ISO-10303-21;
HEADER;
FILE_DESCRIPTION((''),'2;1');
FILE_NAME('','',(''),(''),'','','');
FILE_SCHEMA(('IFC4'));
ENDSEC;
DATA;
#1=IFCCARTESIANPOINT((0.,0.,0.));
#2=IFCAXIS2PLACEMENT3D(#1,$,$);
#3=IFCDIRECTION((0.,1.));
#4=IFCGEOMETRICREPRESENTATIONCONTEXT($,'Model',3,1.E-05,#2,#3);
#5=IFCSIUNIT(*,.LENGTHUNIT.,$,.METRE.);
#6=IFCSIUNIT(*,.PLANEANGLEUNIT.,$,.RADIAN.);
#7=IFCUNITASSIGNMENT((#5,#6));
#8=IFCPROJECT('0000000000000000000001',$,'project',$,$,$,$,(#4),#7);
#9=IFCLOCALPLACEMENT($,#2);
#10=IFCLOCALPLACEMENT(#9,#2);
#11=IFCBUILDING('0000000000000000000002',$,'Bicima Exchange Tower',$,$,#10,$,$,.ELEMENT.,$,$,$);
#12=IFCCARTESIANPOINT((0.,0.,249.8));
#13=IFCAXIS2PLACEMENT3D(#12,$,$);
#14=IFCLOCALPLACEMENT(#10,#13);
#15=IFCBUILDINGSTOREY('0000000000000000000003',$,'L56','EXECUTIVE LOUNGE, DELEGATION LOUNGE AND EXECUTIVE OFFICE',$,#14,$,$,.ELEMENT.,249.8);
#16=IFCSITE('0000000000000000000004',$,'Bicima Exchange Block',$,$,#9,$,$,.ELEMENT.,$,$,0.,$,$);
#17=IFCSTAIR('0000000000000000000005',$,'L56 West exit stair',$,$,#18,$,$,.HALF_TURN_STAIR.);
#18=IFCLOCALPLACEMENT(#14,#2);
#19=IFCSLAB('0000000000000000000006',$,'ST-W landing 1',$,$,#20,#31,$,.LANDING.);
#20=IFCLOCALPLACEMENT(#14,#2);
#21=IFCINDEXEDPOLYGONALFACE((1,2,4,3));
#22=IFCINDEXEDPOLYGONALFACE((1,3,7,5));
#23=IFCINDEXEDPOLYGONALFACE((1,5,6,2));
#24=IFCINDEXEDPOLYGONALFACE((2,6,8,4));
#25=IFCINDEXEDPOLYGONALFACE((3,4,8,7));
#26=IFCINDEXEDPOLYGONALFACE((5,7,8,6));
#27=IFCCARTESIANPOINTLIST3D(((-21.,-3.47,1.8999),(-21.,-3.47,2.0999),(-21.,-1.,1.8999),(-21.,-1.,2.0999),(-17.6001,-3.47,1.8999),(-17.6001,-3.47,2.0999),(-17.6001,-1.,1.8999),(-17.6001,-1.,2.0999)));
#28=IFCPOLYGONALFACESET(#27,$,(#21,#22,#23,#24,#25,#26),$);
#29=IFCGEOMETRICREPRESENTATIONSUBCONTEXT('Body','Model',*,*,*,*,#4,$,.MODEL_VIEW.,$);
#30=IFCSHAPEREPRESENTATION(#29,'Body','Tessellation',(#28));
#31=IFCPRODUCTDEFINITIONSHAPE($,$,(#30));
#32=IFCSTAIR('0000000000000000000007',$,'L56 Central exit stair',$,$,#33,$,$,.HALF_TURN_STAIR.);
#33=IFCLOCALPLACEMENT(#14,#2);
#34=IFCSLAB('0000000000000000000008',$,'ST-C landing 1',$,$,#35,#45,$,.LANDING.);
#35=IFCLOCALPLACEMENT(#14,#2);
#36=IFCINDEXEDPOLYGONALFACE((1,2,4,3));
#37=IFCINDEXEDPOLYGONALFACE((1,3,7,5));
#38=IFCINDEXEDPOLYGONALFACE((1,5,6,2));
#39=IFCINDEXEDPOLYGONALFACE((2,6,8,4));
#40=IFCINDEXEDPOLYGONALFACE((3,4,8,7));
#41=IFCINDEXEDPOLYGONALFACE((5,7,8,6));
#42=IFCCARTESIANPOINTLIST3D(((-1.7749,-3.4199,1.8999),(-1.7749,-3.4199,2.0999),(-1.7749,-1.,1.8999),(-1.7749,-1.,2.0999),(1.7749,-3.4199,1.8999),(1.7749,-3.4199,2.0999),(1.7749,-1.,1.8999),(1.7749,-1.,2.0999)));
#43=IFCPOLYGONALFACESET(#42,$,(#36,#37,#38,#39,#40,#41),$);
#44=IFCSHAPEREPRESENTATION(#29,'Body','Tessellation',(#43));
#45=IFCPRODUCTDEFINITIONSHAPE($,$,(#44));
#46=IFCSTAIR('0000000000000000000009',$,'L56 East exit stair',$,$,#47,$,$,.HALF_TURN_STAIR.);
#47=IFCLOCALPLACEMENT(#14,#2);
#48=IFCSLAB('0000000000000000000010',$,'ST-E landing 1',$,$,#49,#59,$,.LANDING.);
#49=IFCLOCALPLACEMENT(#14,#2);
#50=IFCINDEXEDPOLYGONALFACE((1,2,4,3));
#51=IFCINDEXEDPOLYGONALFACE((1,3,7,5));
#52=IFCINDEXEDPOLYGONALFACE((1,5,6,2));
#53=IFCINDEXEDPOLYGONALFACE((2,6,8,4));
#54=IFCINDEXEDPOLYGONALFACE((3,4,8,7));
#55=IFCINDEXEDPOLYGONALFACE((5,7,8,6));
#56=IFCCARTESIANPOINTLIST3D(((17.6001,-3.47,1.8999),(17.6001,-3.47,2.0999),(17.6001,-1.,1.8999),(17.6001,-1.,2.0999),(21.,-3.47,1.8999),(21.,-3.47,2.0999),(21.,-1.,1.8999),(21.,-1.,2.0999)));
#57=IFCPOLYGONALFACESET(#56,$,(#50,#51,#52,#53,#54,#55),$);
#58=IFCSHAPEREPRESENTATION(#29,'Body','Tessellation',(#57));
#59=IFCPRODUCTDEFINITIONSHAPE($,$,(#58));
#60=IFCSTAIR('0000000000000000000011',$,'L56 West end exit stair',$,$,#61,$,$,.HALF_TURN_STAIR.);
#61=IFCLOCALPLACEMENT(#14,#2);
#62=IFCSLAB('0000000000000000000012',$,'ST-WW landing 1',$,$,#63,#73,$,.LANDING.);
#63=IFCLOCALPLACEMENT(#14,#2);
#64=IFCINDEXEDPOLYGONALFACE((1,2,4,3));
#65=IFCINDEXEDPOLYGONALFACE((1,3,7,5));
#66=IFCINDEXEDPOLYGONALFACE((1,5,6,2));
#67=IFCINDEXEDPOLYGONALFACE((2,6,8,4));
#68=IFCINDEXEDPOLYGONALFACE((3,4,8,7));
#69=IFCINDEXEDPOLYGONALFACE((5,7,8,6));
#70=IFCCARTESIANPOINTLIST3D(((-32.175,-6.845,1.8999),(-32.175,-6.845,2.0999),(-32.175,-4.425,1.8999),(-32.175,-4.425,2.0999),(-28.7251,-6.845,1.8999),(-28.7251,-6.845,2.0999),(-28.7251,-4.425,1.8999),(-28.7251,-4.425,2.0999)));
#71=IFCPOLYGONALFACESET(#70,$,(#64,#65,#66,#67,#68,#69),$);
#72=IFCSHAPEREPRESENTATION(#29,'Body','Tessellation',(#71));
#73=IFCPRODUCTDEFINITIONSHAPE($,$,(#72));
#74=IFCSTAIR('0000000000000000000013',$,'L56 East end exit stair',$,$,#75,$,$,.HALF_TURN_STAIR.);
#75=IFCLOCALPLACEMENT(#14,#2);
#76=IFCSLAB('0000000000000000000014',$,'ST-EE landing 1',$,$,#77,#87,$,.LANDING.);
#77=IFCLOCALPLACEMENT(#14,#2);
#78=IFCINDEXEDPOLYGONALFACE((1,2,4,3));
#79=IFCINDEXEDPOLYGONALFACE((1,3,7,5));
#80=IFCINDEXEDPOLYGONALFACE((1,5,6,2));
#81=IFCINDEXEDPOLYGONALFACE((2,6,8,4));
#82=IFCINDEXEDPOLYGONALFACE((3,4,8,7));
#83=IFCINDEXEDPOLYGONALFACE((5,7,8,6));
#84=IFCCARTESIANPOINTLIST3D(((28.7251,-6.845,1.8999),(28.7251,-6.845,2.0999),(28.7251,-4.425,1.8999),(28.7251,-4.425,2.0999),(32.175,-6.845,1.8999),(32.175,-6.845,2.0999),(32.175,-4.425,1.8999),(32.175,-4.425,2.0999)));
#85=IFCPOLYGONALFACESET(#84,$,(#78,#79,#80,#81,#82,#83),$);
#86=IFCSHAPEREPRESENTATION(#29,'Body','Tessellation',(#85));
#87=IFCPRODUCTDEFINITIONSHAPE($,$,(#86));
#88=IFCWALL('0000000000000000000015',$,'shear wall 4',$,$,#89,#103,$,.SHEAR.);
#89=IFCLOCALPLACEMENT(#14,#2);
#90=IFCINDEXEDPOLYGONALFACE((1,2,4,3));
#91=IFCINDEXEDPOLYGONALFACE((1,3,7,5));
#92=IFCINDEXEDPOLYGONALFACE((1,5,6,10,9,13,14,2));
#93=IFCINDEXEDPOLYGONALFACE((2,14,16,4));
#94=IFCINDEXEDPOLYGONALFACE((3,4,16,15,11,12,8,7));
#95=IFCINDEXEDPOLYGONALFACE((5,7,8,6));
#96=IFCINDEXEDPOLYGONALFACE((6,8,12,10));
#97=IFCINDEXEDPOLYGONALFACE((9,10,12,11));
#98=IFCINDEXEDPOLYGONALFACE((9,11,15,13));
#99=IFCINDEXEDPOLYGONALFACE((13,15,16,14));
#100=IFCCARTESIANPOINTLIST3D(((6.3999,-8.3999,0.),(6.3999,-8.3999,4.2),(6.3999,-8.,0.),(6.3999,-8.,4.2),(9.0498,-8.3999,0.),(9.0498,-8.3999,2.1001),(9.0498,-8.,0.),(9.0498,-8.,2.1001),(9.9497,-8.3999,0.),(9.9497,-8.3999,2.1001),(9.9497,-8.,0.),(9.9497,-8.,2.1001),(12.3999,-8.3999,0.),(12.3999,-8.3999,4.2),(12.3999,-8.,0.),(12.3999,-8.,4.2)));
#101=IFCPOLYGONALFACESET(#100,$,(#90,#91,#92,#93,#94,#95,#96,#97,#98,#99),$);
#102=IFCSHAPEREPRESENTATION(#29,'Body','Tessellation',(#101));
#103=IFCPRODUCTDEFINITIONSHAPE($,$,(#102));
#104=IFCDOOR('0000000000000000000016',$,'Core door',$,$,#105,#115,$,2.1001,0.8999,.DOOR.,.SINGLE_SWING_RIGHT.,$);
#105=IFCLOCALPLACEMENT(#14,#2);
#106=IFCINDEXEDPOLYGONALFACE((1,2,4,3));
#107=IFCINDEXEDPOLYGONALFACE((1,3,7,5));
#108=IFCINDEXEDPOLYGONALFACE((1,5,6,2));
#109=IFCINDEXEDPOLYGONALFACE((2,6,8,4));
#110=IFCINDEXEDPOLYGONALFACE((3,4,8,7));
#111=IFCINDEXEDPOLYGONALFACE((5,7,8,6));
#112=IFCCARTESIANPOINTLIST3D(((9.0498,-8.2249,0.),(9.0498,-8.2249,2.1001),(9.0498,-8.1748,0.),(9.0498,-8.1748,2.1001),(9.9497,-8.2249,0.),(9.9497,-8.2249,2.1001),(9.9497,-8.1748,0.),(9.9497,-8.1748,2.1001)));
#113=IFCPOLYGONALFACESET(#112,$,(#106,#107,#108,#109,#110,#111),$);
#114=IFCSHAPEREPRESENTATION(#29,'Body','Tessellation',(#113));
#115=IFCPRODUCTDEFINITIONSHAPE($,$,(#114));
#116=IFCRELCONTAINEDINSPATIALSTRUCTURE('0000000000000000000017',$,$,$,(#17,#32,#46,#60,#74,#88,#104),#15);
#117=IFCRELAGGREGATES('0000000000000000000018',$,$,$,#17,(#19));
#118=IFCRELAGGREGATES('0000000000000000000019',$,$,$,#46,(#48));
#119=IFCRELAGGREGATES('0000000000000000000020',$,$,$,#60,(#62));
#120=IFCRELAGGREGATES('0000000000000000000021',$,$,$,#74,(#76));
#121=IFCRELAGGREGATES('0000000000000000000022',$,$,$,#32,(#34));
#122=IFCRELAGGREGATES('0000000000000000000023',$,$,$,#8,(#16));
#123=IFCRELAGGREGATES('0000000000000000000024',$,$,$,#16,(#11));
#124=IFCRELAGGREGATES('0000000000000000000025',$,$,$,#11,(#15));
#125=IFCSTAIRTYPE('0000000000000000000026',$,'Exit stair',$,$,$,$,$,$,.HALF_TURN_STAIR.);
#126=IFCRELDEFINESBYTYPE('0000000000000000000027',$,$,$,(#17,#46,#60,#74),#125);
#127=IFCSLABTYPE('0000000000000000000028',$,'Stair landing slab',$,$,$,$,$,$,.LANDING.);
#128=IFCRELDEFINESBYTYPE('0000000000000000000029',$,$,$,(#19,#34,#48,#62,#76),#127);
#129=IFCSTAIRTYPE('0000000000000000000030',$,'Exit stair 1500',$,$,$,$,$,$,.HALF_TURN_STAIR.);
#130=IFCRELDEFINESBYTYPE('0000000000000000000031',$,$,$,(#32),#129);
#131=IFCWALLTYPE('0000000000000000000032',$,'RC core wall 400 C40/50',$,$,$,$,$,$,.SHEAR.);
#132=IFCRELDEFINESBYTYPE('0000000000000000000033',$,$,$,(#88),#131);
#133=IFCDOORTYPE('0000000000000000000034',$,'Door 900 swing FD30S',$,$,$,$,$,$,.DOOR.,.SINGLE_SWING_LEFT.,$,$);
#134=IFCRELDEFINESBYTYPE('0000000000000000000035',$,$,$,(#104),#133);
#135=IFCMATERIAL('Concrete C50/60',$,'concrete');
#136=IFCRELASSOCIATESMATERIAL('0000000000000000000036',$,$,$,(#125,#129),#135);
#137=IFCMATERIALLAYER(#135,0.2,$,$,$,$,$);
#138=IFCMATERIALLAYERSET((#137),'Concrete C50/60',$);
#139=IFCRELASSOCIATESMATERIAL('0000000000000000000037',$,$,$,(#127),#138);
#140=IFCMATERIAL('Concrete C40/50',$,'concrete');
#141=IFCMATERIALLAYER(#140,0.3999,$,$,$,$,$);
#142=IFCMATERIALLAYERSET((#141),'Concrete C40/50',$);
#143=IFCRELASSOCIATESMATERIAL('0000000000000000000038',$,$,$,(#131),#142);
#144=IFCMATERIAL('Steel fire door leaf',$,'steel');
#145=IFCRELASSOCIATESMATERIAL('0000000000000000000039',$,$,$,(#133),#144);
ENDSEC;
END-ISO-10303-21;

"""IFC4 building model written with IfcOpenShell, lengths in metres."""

from ifc_helpers import new_model, si_unit, direction, frame, frame_2d, origin, place, context, subcontext, project, spatial, polyline, rectangle, outline, extrude, material, layer, layer_set, type_object, element, fill, aggregate, save


model = new_model("IFC4")

# Units and contexts
model_context = context("Model", 3, precision=1e-05, world=origin(), true_north=direction((0.0, 1.0)))
body_context = subcontext(model_context, "Body", "Model", "MODEL_VIEW")
ifc_project = project(units=[si_unit("LENGTHUNIT", "METRE"), si_unit("PLANEANGLEUNIT", "RADIAN")], contexts=[model_context])

# Site, building, storey
site_placement = place(None, origin())
site = spatial("IfcSite", under=ifc_project, at=site_placement, Name="Bicima Exchange Block", CompositionType="ELEMENT", RefElevation=0.0)
building_placement = place(site_placement, origin())
building = spatial("IfcBuilding", under=site, at=building_placement, Name="Bicima Exchange Tower", CompositionType="ELEMENT")
storey_placement = place(building_placement, frame((0.0, 0.0, 249.8)))
storey = spatial("IfcBuildingStorey", under=building, at=storey_placement, Name="L56", Description="EXECUTIVE LOUNGE, DELEGATION LOUNGE AND EXECUTIVE OFFICE", CompositionType="ELEMENT", Elevation=249.8)

# Stairs, slabs
ifc_material_1 = material(Name="Concrete C50/60", Category="concrete")
stair_type_1 = type_object("IfcStairType", Name="Exit stair", PredefinedType="HALF_TURN_STAIR", material=ifc_material_1)
stair_1_placement = place(storey_placement, origin())
stair_1 = element("IfcStair", 1, at=stair_1_placement, inside=storey, type_object=stair_type_1, Name="L56 West exit stair", PredefinedType="HALF_TURN_STAIR")
ifc_layer_1 = layer(ifc_material_1, 0.2)
ifc_layer_set_1 = layer_set([ifc_layer_1], Name="Concrete C50/60")
slab_type = type_object("IfcSlabType", Name="Stair landing slab", PredefinedType="LANDING", material=ifc_layer_set_1)
slab_1_placement = place(storey_placement, frame((0.0, 0.0, 1.8999)))
slab_1 = element("IfcSlab", 2, at=slab_1_placement, type_object=slab_type, Name="ST-W landing 1", PredefinedType="LANDING", context=body_context, shape_type="SweptSolid", body=[
    extrude(outline(polyline([(-17.6001, -3.47), (-17.6001, -1.0), (-21.0, -1.0), (-21.0, -3.47), (-17.6001, -3.47)])), origin(), (0.0, 0.0, 1.0), 0.2),
])
aggregate(stair_1, [slab_1])
stair_type_2 = type_object("IfcStairType", Name="Exit stair 1500", PredefinedType="HALF_TURN_STAIR", material=ifc_material_1)
stair_2_placement = place(storey_placement, origin())
stair_2 = element("IfcStair", 3, at=stair_2_placement, inside=storey, type_object=stair_type_2, Name="L56 Central exit stair", PredefinedType="HALF_TURN_STAIR")
slab_2_placement = place(storey_placement, frame((0.0, 0.0, 1.8999)))
slab_2 = element("IfcSlab", 4, at=slab_2_placement, type_object=slab_type, Name="ST-C landing 1", PredefinedType="LANDING", context=body_context, shape_type="SweptSolid", body=[
    extrude(outline(polyline([(1.7749, -3.4199), (1.7749, -1.0), (-1.7749, -1.0), (-1.7749, -3.4199), (1.7749, -3.4199)])), origin(), (0.0, 0.0, 1.0), 0.2),
])
stair_3_placement = place(storey_placement, origin())
stair_3 = element("IfcStair", 5, at=stair_3_placement, inside=storey, type_object=stair_type_1, Name="L56 East exit stair", PredefinedType="HALF_TURN_STAIR")
slab_3_placement = place(storey_placement, frame((0.0, 0.0, 1.8999)))
slab_3 = element("IfcSlab", 6, at=slab_3_placement, type_object=slab_type, Name="ST-E landing 1", PredefinedType="LANDING", context=body_context, shape_type="SweptSolid", body=[
    extrude(outline(polyline([(21.0, -3.47), (21.0, -1.0), (17.6001, -1.0), (17.6001, -3.47), (21.0, -3.47)])), origin(), (0.0, 0.0, 1.0), 0.2),
])
aggregate(stair_3, [slab_3])
stair_4_placement = place(storey_placement, origin())
stair_4 = element("IfcStair", 7, at=stair_4_placement, inside=storey, type_object=stair_type_1, Name="L56 West end exit stair", PredefinedType="HALF_TURN_STAIR")
slab_4_placement = place(storey_placement, frame((0.0, 0.0, 1.8999)))
slab_4 = element("IfcSlab", 8, at=slab_4_placement, type_object=slab_type, Name="ST-WW landing 1", PredefinedType="LANDING", context=body_context, shape_type="SweptSolid", body=[
    extrude(outline(polyline([(-28.7251, -6.845), (-28.7251, -4.425), (-32.175, -4.425), (-32.175, -6.845), (-28.7251, -6.845)])), origin(), (0.0, 0.0, 1.0), 0.2),
])
aggregate(stair_4, [slab_4])
stair_5_placement = place(storey_placement, origin())
stair_5 = element("IfcStair", 9, at=stair_5_placement, inside=storey, type_object=stair_type_1, Name="L56 East end exit stair", PredefinedType="HALF_TURN_STAIR")
slab_5_placement = place(storey_placement, frame((0.0, 0.0, 1.8999)))
slab_5 = element("IfcSlab", 10, at=slab_5_placement, type_object=slab_type, Name="ST-EE landing 1", PredefinedType="LANDING", context=body_context, shape_type="SweptSolid", body=[
    extrude(outline(polyline([(32.175, -6.845), (32.175, -4.425), (28.7251, -4.425), (28.7251, -6.845), (32.175, -6.845)])), origin(), (0.0, 0.0, 1.0), 0.2),
])
aggregate(stair_5, [slab_5])

# Wall, opening, door
ifc_material_2 = material(Name="Concrete C40/50", Category="concrete")
ifc_layer_2 = layer(ifc_material_2, 0.3999)
ifc_layer_set_2 = layer_set([ifc_layer_2], Name="Concrete C40/50")
wall_type_1 = type_object("IfcWallType", Name="RC core wall 400 C40/50", PredefinedType="SHEAR", material=ifc_layer_set_2)
wall_1_placement = place(storey_placement, frame((6.3999, -8.2, 0.0), z_axis=(0.0, 0.0, 1.0), x_axis=(1.0, 0.0, 0.0)))
wall_1 = element("IfcWall", 11, at=wall_1_placement, inside=storey, type_object=wall_type_1, Name="shear wall 4", PredefinedType="SHEAR", context=body_context, shape_type="SweptSolid", body=[
    extrude(rectangle(XDim=6.0, YDim=0.3999, at=frame_2d((3.0, 0.0))), origin(), (0.0, 0.0, 1.0), 4.2),
])
opening_1_placement = place(wall_1_placement, frame((2.6499, 0.0, 0.0)))
opening_1 = element("IfcOpeningElement", 12, at=opening_1_placement, cuts=wall_1, PredefinedType="OPENING", context=body_context, shape_type="SweptSolid", body=[
    extrude(rectangle(XDim=0.8999, YDim=2.1001, at=frame_2d((0.45, 1.05))), frame((0.0, 0.2119, 0.0), z_axis=(0.0, -1.0, 0.0), x_axis=(1.0, 0.0, 0.0)), (0.0, 0.0, 1.0), 0.4238),
])
ifc_material_3 = material(Name="Steel fire door leaf", Category="steel")
door_type_1 = type_object("IfcDoorType", Name="Door 900 swing FD30S", OperationType="SINGLE_SWING_LEFT", PredefinedType="DOOR", material=ifc_material_3)
door_1_placement = place(opening_1_placement, frame((0.8999, 0.0, 0.0), z_axis=(0.0, 0.0, 1.0), x_axis=(-1.0, 0.0, 0.0)))
door_1 = element("IfcDoor", 13, at=door_1_placement, inside=storey, type_object=door_type_1, Name="Core door", OperationType="SINGLE_SWING_RIGHT", OverallHeight=2.1001, OverallWidth=0.8999, PredefinedType="DOOR", context=body_context, shape_type="SweptSolid", body=[
    extrude(rectangle(XDim=0.8999, YDim=2.1001, at=frame_2d((0.45, 1.05))), frame((0.0, 0.0249, 0.0), z_axis=(0.0, -1.0, 0.0), x_axis=(1.0, 0.0, 0.0)), (0.0, 0.0, 1.0), 0.05),
])
fill(opening_1, door_1)

aggregate(stair_2, [slab_2])

save(model, "model.ifc")
